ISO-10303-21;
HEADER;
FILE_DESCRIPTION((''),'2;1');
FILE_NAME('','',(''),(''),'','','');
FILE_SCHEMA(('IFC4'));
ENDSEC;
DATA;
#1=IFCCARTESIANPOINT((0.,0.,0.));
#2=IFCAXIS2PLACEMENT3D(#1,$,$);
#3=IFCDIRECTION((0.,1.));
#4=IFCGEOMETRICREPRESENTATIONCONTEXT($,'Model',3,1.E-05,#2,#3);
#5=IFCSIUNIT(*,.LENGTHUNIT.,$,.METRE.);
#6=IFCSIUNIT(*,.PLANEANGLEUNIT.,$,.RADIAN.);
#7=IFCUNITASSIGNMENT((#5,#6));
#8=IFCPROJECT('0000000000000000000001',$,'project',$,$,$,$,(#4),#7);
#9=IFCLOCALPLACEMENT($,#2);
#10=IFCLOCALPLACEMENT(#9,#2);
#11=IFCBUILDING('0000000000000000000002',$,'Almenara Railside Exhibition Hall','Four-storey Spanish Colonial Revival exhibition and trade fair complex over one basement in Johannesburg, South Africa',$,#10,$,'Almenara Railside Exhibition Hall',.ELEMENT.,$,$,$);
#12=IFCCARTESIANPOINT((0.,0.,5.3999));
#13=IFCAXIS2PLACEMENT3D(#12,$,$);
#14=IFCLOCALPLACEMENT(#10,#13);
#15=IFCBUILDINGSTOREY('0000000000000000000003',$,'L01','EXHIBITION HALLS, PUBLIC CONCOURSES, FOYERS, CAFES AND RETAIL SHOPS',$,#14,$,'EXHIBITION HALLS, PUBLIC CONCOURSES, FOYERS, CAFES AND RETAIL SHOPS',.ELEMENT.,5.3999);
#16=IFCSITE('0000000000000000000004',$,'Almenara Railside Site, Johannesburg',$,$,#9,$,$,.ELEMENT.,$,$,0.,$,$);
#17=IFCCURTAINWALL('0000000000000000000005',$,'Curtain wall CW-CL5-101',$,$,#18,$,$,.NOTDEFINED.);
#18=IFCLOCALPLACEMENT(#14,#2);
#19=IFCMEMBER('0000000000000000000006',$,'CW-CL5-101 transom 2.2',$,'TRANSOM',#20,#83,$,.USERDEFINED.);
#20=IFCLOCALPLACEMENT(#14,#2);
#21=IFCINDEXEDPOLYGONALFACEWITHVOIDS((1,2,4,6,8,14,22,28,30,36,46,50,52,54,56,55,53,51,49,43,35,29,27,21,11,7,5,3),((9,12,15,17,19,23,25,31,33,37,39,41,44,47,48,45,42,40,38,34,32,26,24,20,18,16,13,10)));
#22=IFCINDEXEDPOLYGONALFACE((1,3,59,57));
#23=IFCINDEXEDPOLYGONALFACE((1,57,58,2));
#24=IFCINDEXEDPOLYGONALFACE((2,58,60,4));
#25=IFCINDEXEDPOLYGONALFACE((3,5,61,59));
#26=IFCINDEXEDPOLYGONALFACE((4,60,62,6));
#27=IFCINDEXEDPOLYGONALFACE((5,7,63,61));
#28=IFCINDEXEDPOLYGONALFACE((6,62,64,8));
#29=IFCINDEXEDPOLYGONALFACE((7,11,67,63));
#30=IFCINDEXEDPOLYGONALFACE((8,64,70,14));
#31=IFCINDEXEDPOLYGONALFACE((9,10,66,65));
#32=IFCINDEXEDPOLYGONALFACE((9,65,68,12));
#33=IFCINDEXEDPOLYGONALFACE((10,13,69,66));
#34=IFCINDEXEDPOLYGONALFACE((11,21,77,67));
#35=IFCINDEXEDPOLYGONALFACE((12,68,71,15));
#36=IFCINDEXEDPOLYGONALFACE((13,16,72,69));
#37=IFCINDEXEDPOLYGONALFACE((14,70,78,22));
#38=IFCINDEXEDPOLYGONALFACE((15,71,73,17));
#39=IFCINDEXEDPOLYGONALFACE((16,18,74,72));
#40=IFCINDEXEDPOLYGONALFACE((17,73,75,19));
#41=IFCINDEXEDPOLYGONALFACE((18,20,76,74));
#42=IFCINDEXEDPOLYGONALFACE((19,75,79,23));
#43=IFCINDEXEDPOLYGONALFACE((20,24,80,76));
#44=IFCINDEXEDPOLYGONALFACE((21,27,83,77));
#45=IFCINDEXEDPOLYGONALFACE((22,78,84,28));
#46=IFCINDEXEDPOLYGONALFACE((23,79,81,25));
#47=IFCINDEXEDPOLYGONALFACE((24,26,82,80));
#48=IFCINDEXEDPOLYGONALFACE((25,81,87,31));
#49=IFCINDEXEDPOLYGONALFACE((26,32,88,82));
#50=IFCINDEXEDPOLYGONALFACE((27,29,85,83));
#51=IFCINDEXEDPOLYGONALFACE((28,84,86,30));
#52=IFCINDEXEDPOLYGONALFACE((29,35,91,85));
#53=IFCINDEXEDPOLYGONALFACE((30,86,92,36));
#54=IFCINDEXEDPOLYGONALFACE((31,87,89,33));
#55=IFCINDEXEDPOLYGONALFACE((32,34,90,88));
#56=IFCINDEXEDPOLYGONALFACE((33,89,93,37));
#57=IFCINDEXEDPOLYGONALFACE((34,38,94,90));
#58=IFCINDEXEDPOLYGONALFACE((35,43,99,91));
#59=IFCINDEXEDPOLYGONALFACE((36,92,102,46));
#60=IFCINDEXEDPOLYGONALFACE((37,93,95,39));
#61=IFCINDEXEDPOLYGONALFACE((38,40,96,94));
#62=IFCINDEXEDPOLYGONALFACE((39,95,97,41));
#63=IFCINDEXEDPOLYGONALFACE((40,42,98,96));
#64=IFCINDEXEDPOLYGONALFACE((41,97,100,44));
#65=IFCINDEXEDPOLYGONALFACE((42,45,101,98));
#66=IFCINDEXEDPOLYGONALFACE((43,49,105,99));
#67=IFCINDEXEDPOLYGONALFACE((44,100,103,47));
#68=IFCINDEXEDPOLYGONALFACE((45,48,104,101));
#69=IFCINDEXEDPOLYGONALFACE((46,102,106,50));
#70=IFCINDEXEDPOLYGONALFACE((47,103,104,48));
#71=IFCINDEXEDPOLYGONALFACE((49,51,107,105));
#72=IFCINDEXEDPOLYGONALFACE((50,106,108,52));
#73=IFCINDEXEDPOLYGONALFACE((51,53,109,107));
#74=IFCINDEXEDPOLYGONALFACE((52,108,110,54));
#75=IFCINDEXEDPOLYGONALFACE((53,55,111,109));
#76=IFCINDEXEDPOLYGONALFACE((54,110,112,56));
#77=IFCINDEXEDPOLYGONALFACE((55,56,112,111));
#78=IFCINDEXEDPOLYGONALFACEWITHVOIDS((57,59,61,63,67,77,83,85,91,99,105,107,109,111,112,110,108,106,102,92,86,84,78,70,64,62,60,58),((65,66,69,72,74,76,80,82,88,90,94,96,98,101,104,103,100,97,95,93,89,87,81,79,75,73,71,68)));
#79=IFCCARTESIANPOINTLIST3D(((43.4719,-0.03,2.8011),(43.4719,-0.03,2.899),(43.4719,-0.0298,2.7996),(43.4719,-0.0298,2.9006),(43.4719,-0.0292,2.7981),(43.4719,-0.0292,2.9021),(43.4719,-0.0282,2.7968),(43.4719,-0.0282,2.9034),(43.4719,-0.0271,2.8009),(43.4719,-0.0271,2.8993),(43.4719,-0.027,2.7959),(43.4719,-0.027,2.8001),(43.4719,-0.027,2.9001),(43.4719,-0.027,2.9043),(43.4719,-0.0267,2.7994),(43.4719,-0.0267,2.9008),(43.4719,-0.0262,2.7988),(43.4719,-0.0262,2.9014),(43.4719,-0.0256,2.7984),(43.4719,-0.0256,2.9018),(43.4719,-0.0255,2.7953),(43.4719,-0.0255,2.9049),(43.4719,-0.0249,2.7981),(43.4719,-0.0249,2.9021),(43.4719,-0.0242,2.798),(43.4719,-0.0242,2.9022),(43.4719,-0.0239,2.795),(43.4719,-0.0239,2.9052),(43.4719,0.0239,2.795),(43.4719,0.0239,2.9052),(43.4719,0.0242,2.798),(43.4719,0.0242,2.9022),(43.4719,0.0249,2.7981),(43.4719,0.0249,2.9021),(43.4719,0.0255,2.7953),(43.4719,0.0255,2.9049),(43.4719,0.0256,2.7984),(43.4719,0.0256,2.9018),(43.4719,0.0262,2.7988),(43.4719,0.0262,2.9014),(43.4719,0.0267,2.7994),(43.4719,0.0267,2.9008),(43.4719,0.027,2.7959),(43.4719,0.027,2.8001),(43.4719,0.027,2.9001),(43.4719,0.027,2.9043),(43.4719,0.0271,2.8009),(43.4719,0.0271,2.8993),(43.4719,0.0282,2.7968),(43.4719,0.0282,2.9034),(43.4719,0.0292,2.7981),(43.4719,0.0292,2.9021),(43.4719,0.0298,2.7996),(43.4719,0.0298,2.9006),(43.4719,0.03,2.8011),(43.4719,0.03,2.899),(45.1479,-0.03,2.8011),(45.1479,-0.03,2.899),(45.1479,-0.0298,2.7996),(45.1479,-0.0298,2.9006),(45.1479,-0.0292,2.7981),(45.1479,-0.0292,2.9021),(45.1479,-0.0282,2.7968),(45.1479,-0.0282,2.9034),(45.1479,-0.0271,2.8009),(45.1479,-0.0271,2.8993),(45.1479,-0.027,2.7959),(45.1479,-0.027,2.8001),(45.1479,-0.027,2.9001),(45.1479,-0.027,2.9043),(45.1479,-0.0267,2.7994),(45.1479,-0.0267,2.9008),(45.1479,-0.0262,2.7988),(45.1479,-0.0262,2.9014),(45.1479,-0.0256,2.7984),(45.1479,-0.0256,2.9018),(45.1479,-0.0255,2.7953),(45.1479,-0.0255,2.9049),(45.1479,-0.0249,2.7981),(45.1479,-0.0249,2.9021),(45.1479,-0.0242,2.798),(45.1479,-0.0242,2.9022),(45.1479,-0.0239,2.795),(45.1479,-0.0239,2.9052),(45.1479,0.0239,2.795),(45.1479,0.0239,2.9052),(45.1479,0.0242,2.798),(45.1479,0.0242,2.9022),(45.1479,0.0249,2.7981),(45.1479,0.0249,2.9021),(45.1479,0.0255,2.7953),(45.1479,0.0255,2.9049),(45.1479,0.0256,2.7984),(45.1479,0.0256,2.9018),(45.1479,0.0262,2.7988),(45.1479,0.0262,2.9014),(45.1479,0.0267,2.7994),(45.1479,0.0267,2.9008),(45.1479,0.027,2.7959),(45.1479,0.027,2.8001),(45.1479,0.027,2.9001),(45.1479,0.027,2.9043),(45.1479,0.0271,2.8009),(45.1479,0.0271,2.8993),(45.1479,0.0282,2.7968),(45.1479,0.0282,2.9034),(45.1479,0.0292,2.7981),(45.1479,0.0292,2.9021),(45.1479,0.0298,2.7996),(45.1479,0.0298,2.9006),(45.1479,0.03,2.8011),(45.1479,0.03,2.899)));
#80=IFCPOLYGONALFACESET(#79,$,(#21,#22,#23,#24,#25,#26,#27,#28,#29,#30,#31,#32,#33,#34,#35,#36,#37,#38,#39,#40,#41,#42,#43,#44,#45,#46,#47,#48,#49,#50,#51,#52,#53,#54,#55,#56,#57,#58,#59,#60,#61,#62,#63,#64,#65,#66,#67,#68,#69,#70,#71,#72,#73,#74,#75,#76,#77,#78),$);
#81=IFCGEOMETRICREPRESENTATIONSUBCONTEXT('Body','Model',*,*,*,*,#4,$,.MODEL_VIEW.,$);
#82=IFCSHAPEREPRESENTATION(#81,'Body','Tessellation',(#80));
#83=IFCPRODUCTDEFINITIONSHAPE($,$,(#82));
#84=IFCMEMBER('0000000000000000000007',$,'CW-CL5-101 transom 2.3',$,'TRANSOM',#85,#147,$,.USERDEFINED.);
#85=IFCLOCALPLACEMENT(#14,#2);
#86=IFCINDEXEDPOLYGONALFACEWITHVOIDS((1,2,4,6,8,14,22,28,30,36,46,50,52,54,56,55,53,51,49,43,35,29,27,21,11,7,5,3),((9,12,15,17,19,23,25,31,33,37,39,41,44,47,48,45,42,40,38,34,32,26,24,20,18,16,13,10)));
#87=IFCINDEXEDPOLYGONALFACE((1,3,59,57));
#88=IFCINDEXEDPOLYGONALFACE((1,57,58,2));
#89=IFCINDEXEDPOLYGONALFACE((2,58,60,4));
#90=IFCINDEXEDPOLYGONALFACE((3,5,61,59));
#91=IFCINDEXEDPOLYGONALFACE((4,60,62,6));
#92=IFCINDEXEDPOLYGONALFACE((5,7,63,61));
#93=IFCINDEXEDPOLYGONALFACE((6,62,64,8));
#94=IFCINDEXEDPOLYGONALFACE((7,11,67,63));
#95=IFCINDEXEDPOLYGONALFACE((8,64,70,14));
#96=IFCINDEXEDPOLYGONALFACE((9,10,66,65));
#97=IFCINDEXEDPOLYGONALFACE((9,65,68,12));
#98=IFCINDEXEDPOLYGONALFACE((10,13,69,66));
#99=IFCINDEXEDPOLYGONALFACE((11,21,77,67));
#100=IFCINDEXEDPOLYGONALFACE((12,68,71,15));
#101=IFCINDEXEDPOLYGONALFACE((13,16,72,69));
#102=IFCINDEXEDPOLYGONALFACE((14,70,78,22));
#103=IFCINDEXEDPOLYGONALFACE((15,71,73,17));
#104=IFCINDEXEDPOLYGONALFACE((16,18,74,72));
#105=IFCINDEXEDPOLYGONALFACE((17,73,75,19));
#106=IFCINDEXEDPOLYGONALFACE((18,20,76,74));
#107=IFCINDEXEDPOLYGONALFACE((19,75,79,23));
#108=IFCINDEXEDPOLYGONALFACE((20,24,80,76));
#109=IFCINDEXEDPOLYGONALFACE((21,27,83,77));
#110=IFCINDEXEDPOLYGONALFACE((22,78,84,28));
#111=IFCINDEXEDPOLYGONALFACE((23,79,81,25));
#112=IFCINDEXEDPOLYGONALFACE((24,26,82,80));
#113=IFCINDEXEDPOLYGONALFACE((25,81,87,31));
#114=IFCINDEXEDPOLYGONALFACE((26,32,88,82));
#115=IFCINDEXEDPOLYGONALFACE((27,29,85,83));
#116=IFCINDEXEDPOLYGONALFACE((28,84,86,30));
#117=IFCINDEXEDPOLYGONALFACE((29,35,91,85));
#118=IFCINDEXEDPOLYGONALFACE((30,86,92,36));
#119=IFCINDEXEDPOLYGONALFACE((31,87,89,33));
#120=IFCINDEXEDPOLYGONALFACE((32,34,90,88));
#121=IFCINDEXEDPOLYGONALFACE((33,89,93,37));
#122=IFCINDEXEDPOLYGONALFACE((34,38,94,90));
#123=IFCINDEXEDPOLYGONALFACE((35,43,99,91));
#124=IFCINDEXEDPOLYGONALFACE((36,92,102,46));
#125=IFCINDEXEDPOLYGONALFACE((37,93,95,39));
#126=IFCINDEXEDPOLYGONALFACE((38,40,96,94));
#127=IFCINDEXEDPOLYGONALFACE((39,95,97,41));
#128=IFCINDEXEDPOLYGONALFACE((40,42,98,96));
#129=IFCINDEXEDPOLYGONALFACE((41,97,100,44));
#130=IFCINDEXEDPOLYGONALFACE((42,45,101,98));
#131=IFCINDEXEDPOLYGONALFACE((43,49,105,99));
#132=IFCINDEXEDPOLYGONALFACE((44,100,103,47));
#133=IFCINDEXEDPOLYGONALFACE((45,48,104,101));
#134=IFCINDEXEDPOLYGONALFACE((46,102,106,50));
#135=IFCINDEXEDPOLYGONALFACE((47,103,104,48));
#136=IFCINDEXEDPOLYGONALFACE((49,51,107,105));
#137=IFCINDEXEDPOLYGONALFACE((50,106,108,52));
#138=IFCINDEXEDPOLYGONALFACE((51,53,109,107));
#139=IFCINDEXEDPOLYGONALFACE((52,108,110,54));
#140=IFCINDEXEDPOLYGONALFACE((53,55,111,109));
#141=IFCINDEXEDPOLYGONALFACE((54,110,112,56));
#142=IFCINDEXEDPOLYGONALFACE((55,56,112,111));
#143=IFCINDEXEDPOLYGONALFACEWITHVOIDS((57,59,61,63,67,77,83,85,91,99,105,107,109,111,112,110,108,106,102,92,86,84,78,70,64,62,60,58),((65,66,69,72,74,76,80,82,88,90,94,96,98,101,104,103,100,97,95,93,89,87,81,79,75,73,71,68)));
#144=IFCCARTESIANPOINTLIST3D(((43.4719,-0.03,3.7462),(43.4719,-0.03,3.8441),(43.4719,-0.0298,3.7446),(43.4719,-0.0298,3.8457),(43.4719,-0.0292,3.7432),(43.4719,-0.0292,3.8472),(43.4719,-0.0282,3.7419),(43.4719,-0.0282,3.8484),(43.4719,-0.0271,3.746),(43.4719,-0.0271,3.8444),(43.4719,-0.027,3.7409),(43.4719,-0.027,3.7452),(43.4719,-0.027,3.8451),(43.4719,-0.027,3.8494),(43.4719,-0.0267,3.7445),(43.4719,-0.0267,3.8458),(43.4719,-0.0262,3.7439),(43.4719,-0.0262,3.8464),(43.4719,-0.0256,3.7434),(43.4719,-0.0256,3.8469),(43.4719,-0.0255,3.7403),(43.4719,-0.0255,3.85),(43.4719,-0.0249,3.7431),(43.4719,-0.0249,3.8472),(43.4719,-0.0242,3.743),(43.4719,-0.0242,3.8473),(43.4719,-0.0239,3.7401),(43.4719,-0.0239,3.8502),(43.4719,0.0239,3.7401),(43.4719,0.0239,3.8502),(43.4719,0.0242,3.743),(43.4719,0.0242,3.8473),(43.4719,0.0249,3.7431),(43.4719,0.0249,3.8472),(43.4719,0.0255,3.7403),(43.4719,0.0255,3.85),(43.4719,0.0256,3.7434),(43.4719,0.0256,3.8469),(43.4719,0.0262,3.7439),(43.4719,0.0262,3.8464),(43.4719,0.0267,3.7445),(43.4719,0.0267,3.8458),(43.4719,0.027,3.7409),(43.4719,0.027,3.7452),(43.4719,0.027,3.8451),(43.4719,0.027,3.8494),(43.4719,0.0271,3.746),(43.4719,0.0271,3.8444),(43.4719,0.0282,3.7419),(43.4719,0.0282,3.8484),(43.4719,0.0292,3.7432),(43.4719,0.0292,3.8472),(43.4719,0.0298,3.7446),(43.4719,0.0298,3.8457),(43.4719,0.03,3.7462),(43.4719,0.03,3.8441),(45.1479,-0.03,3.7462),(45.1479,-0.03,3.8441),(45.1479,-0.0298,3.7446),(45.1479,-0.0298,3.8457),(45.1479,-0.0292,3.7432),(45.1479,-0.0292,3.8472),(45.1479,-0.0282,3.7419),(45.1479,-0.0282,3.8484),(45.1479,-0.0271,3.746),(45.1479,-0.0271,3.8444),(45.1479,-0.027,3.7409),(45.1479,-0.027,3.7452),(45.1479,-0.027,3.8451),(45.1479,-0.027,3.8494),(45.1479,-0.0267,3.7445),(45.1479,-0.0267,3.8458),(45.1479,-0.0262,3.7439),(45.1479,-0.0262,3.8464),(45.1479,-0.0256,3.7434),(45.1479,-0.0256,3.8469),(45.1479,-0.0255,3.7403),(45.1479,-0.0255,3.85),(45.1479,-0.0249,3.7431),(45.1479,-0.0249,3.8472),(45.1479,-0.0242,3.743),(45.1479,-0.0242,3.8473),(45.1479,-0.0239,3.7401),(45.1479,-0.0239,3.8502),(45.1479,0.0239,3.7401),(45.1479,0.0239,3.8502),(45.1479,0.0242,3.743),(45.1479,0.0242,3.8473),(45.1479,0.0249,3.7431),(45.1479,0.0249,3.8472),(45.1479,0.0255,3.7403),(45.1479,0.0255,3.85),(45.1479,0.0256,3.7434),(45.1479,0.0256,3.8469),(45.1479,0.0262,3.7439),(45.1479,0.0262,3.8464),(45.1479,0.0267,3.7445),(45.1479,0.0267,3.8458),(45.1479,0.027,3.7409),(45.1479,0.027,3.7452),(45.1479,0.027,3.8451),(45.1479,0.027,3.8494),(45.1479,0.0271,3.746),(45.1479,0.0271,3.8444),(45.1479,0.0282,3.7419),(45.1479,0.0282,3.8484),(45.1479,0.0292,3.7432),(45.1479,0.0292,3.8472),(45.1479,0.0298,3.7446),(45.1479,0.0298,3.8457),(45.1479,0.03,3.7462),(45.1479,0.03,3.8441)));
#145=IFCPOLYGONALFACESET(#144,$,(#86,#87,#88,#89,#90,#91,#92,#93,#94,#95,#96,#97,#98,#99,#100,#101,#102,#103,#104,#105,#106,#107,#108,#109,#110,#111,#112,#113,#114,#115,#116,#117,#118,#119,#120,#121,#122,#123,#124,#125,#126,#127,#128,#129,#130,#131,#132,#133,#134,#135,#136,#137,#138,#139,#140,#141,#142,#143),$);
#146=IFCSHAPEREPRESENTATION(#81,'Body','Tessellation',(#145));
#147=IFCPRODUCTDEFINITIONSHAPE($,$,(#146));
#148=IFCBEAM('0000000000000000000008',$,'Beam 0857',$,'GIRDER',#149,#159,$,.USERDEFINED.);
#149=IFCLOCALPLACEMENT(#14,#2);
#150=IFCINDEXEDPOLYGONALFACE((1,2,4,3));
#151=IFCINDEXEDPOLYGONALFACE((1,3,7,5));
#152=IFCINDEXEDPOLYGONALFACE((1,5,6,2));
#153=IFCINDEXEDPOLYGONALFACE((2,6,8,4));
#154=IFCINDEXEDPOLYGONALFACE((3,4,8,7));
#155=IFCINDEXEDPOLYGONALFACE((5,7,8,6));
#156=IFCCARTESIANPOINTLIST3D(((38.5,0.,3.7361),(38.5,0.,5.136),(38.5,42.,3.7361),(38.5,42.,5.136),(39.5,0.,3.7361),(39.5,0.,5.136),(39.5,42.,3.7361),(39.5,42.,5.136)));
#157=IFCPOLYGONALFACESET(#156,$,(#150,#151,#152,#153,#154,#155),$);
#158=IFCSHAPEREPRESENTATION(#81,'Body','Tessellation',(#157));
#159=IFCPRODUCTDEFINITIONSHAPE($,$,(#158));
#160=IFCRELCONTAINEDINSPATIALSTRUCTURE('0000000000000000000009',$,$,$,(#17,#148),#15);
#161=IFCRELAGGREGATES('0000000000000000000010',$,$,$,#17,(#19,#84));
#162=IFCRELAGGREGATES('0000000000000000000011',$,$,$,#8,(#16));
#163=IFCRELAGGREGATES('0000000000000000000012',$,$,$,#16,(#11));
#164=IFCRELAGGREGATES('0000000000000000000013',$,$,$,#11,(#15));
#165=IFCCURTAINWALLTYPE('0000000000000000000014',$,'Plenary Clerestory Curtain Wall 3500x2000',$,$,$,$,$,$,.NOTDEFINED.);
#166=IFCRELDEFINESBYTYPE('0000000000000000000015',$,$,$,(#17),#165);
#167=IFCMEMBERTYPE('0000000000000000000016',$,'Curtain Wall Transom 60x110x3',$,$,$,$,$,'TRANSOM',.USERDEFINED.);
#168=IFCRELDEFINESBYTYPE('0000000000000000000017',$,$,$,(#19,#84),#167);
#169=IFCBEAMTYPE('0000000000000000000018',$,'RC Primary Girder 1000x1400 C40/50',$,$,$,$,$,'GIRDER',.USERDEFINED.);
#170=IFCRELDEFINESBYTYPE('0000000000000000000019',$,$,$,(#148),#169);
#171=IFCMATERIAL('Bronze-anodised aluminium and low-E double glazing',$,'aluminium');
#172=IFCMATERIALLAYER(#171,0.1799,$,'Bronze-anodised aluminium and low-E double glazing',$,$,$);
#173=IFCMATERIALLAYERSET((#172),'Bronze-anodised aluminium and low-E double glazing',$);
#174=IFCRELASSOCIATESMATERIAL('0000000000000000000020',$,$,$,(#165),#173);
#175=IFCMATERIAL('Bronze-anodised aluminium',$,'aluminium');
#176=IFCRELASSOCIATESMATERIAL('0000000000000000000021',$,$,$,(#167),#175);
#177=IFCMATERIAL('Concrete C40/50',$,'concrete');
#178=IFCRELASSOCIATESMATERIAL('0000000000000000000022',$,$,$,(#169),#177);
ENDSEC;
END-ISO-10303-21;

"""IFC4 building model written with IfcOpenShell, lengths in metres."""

from ifc_helpers import new_model, si_unit, direction, frame, origin, origin_2d, place, context, subcontext, project, spatial, rectangle, hollow_rectangle, extrude, material, layer, layer_set, material_profile, profile_set, type_object, element, aggregate, save


model = new_model("IFC4")

# Units and contexts
model_context = context("Model", 3, precision=1e-05, world=origin(), true_north=direction((0.0, 1.0)))
body_context = subcontext(model_context, "Body", "Model", "MODEL_VIEW")
ifc_project = project(units=[si_unit("LENGTHUNIT", "METRE"), si_unit("PLANEANGLEUNIT", "RADIAN")], contexts=[model_context])

# Site, building, storey
site_placement = place(None, origin())
site = spatial("IfcSite", under=ifc_project, at=site_placement, Name="Almenara Railside Site, Johannesburg", CompositionType="ELEMENT", RefElevation=0.0)
building_placement = place(site_placement, origin())
building = spatial("IfcBuilding", under=site, at=building_placement, Name="Almenara Railside Exhibition Hall", Description="Four-storey Spanish Colonial Revival exhibition and trade fair complex over one basement in Johannesburg, South Africa", LongName="Almenara Railside Exhibition Hall", CompositionType="ELEMENT")
storey_placement = place(building_placement, frame((0.0, 0.0, 5.3999)))
storey = spatial("IfcBuildingStorey", under=building, at=storey_placement, Name="L01", Description="EXHIBITION HALLS, PUBLIC CONCOURSES, FOYERS, CAFES AND RETAIL SHOPS", LongName="EXHIBITION HALLS, PUBLIC CONCOURSES, FOYERS, CAFES AND RETAIL SHOPS", CompositionType="ELEMENT", Elevation=5.3999)

# Curtain wall
ifc_material_1 = material(Name="Bronze-anodised aluminium and low-E double glazing", Category="aluminium")
ifc_layer_1 = layer(ifc_material_1, 0.1799, Name="Bronze-anodised aluminium and low-E double glazing")
ifc_layer_set_1 = layer_set([ifc_layer_1], Name="Bronze-anodised aluminium and low-E double glazing")
curtain_wall_type_1 = type_object("IfcCurtainWallType", Name="Plenary Clerestory Curtain Wall 3500x2000", PredefinedType="NOTDEFINED", material=ifc_layer_set_1)
curtain_wall_1_placement = place(storey_placement, origin())
curtain_wall_1 = element("IfcCurtainWall", 1, at=curtain_wall_1_placement, inside=storey, type_object=curtain_wall_type_1, Name="Curtain wall CW-CL5-101", PredefinedType="NOTDEFINED")
ifc_material_2 = material(Name="Bronze-anodised aluminium", Category="aluminium")

# Members
ifc_material_profile_1 = material_profile(ifc_material_2, hollow_rectangle(XDim=0.0601, YDim=0.1101, WallThickness=0.0029, InnerFilletRadius=0.0029, OuterFilletRadius=0.0061, at=origin_2d()), Name="ALU-TRN 60x110x3")
ifc_profile_set_1 = profile_set([ifc_material_profile_1], Name="Bronze-anodised aluminium")
member_type_1 = type_object("IfcMemberType", Name="Curtain Wall Transom 60x110x3", ElementType="TRANSOM", PredefinedType="USERDEFINED", material=ifc_profile_set_1)
member_1_placement = place(storey_placement, frame((43.4719, 0.0, 2.8501), z_axis=(1.0, 0.0, 0.0), x_axis=(0.0, 1.0, 0.0)))
member_1 = element("IfcMember", 2, at=member_1_placement, type_object=member_type_1, Name="CW-CL5-101 transom 2.2", ObjectType="TRANSOM", PredefinedType="USERDEFINED", context=body_context, shape_type="SweptSolid", body=[
    extrude(hollow_rectangle(XDim=0.0601, YDim=0.1101, WallThickness=0.0029, InnerFilletRadius=0.0029, OuterFilletRadius=0.0061, at=origin_2d()), origin(), (0.0, 0.0, 1.0), 1.676),
])
member_2_placement = place(storey_placement, frame((43.4719, 0.0, 3.7952), z_axis=(1.0, 0.0, 0.0), x_axis=(0.0, 1.0, 0.0)))
member_2 = element("IfcMember", 3, at=member_2_placement, type_object=member_type_1, Name="CW-CL5-101 transom 2.3", ObjectType="TRANSOM", PredefinedType="USERDEFINED", context=body_context, shape_type="SweptSolid", body=[
    extrude(hollow_rectangle(XDim=0.0601, YDim=0.1101, WallThickness=0.0029, InnerFilletRadius=0.0029, OuterFilletRadius=0.0061, at=origin_2d()), origin(), (0.0, 0.0, 1.0), 1.676),
])

# Beam
ifc_material_3 = material(Name="Concrete C40/50", Category="concrete")
ifc_material_profile_2 = material_profile(ifc_material_3, rectangle(XDim=1.0, YDim=1.3999, at=origin_2d()), Name="RC 1000x1400")
ifc_profile_set_2 = profile_set([ifc_material_profile_2], Name="Concrete C40/50")
beam_type_1 = type_object("IfcBeamType", Name="RC Primary Girder 1000x1400 C40/50", ElementType="GIRDER", PredefinedType="USERDEFINED", material=ifc_profile_set_2)
beam_1_placement = place(storey_placement, frame((39.0, 0.0, 4.436), z_axis=(0.0, 1.0, 0.0), x_axis=(-1.0, 0.0, 0.0)))
element("IfcBeam", 4, at=beam_1_placement, inside=storey, type_object=beam_type_1, Name="Beam 0857", ObjectType="GIRDER", PredefinedType="USERDEFINED", context=body_context, shape_type="SweptSolid", body=[
    extrude(rectangle(XDim=1.0, YDim=1.3999, at=origin_2d()), origin(), (0.0, 0.0, 1.0), 42.0),
])

aggregate(curtain_wall_1, [member_1, member_2])

save(model, "model.ifc")
